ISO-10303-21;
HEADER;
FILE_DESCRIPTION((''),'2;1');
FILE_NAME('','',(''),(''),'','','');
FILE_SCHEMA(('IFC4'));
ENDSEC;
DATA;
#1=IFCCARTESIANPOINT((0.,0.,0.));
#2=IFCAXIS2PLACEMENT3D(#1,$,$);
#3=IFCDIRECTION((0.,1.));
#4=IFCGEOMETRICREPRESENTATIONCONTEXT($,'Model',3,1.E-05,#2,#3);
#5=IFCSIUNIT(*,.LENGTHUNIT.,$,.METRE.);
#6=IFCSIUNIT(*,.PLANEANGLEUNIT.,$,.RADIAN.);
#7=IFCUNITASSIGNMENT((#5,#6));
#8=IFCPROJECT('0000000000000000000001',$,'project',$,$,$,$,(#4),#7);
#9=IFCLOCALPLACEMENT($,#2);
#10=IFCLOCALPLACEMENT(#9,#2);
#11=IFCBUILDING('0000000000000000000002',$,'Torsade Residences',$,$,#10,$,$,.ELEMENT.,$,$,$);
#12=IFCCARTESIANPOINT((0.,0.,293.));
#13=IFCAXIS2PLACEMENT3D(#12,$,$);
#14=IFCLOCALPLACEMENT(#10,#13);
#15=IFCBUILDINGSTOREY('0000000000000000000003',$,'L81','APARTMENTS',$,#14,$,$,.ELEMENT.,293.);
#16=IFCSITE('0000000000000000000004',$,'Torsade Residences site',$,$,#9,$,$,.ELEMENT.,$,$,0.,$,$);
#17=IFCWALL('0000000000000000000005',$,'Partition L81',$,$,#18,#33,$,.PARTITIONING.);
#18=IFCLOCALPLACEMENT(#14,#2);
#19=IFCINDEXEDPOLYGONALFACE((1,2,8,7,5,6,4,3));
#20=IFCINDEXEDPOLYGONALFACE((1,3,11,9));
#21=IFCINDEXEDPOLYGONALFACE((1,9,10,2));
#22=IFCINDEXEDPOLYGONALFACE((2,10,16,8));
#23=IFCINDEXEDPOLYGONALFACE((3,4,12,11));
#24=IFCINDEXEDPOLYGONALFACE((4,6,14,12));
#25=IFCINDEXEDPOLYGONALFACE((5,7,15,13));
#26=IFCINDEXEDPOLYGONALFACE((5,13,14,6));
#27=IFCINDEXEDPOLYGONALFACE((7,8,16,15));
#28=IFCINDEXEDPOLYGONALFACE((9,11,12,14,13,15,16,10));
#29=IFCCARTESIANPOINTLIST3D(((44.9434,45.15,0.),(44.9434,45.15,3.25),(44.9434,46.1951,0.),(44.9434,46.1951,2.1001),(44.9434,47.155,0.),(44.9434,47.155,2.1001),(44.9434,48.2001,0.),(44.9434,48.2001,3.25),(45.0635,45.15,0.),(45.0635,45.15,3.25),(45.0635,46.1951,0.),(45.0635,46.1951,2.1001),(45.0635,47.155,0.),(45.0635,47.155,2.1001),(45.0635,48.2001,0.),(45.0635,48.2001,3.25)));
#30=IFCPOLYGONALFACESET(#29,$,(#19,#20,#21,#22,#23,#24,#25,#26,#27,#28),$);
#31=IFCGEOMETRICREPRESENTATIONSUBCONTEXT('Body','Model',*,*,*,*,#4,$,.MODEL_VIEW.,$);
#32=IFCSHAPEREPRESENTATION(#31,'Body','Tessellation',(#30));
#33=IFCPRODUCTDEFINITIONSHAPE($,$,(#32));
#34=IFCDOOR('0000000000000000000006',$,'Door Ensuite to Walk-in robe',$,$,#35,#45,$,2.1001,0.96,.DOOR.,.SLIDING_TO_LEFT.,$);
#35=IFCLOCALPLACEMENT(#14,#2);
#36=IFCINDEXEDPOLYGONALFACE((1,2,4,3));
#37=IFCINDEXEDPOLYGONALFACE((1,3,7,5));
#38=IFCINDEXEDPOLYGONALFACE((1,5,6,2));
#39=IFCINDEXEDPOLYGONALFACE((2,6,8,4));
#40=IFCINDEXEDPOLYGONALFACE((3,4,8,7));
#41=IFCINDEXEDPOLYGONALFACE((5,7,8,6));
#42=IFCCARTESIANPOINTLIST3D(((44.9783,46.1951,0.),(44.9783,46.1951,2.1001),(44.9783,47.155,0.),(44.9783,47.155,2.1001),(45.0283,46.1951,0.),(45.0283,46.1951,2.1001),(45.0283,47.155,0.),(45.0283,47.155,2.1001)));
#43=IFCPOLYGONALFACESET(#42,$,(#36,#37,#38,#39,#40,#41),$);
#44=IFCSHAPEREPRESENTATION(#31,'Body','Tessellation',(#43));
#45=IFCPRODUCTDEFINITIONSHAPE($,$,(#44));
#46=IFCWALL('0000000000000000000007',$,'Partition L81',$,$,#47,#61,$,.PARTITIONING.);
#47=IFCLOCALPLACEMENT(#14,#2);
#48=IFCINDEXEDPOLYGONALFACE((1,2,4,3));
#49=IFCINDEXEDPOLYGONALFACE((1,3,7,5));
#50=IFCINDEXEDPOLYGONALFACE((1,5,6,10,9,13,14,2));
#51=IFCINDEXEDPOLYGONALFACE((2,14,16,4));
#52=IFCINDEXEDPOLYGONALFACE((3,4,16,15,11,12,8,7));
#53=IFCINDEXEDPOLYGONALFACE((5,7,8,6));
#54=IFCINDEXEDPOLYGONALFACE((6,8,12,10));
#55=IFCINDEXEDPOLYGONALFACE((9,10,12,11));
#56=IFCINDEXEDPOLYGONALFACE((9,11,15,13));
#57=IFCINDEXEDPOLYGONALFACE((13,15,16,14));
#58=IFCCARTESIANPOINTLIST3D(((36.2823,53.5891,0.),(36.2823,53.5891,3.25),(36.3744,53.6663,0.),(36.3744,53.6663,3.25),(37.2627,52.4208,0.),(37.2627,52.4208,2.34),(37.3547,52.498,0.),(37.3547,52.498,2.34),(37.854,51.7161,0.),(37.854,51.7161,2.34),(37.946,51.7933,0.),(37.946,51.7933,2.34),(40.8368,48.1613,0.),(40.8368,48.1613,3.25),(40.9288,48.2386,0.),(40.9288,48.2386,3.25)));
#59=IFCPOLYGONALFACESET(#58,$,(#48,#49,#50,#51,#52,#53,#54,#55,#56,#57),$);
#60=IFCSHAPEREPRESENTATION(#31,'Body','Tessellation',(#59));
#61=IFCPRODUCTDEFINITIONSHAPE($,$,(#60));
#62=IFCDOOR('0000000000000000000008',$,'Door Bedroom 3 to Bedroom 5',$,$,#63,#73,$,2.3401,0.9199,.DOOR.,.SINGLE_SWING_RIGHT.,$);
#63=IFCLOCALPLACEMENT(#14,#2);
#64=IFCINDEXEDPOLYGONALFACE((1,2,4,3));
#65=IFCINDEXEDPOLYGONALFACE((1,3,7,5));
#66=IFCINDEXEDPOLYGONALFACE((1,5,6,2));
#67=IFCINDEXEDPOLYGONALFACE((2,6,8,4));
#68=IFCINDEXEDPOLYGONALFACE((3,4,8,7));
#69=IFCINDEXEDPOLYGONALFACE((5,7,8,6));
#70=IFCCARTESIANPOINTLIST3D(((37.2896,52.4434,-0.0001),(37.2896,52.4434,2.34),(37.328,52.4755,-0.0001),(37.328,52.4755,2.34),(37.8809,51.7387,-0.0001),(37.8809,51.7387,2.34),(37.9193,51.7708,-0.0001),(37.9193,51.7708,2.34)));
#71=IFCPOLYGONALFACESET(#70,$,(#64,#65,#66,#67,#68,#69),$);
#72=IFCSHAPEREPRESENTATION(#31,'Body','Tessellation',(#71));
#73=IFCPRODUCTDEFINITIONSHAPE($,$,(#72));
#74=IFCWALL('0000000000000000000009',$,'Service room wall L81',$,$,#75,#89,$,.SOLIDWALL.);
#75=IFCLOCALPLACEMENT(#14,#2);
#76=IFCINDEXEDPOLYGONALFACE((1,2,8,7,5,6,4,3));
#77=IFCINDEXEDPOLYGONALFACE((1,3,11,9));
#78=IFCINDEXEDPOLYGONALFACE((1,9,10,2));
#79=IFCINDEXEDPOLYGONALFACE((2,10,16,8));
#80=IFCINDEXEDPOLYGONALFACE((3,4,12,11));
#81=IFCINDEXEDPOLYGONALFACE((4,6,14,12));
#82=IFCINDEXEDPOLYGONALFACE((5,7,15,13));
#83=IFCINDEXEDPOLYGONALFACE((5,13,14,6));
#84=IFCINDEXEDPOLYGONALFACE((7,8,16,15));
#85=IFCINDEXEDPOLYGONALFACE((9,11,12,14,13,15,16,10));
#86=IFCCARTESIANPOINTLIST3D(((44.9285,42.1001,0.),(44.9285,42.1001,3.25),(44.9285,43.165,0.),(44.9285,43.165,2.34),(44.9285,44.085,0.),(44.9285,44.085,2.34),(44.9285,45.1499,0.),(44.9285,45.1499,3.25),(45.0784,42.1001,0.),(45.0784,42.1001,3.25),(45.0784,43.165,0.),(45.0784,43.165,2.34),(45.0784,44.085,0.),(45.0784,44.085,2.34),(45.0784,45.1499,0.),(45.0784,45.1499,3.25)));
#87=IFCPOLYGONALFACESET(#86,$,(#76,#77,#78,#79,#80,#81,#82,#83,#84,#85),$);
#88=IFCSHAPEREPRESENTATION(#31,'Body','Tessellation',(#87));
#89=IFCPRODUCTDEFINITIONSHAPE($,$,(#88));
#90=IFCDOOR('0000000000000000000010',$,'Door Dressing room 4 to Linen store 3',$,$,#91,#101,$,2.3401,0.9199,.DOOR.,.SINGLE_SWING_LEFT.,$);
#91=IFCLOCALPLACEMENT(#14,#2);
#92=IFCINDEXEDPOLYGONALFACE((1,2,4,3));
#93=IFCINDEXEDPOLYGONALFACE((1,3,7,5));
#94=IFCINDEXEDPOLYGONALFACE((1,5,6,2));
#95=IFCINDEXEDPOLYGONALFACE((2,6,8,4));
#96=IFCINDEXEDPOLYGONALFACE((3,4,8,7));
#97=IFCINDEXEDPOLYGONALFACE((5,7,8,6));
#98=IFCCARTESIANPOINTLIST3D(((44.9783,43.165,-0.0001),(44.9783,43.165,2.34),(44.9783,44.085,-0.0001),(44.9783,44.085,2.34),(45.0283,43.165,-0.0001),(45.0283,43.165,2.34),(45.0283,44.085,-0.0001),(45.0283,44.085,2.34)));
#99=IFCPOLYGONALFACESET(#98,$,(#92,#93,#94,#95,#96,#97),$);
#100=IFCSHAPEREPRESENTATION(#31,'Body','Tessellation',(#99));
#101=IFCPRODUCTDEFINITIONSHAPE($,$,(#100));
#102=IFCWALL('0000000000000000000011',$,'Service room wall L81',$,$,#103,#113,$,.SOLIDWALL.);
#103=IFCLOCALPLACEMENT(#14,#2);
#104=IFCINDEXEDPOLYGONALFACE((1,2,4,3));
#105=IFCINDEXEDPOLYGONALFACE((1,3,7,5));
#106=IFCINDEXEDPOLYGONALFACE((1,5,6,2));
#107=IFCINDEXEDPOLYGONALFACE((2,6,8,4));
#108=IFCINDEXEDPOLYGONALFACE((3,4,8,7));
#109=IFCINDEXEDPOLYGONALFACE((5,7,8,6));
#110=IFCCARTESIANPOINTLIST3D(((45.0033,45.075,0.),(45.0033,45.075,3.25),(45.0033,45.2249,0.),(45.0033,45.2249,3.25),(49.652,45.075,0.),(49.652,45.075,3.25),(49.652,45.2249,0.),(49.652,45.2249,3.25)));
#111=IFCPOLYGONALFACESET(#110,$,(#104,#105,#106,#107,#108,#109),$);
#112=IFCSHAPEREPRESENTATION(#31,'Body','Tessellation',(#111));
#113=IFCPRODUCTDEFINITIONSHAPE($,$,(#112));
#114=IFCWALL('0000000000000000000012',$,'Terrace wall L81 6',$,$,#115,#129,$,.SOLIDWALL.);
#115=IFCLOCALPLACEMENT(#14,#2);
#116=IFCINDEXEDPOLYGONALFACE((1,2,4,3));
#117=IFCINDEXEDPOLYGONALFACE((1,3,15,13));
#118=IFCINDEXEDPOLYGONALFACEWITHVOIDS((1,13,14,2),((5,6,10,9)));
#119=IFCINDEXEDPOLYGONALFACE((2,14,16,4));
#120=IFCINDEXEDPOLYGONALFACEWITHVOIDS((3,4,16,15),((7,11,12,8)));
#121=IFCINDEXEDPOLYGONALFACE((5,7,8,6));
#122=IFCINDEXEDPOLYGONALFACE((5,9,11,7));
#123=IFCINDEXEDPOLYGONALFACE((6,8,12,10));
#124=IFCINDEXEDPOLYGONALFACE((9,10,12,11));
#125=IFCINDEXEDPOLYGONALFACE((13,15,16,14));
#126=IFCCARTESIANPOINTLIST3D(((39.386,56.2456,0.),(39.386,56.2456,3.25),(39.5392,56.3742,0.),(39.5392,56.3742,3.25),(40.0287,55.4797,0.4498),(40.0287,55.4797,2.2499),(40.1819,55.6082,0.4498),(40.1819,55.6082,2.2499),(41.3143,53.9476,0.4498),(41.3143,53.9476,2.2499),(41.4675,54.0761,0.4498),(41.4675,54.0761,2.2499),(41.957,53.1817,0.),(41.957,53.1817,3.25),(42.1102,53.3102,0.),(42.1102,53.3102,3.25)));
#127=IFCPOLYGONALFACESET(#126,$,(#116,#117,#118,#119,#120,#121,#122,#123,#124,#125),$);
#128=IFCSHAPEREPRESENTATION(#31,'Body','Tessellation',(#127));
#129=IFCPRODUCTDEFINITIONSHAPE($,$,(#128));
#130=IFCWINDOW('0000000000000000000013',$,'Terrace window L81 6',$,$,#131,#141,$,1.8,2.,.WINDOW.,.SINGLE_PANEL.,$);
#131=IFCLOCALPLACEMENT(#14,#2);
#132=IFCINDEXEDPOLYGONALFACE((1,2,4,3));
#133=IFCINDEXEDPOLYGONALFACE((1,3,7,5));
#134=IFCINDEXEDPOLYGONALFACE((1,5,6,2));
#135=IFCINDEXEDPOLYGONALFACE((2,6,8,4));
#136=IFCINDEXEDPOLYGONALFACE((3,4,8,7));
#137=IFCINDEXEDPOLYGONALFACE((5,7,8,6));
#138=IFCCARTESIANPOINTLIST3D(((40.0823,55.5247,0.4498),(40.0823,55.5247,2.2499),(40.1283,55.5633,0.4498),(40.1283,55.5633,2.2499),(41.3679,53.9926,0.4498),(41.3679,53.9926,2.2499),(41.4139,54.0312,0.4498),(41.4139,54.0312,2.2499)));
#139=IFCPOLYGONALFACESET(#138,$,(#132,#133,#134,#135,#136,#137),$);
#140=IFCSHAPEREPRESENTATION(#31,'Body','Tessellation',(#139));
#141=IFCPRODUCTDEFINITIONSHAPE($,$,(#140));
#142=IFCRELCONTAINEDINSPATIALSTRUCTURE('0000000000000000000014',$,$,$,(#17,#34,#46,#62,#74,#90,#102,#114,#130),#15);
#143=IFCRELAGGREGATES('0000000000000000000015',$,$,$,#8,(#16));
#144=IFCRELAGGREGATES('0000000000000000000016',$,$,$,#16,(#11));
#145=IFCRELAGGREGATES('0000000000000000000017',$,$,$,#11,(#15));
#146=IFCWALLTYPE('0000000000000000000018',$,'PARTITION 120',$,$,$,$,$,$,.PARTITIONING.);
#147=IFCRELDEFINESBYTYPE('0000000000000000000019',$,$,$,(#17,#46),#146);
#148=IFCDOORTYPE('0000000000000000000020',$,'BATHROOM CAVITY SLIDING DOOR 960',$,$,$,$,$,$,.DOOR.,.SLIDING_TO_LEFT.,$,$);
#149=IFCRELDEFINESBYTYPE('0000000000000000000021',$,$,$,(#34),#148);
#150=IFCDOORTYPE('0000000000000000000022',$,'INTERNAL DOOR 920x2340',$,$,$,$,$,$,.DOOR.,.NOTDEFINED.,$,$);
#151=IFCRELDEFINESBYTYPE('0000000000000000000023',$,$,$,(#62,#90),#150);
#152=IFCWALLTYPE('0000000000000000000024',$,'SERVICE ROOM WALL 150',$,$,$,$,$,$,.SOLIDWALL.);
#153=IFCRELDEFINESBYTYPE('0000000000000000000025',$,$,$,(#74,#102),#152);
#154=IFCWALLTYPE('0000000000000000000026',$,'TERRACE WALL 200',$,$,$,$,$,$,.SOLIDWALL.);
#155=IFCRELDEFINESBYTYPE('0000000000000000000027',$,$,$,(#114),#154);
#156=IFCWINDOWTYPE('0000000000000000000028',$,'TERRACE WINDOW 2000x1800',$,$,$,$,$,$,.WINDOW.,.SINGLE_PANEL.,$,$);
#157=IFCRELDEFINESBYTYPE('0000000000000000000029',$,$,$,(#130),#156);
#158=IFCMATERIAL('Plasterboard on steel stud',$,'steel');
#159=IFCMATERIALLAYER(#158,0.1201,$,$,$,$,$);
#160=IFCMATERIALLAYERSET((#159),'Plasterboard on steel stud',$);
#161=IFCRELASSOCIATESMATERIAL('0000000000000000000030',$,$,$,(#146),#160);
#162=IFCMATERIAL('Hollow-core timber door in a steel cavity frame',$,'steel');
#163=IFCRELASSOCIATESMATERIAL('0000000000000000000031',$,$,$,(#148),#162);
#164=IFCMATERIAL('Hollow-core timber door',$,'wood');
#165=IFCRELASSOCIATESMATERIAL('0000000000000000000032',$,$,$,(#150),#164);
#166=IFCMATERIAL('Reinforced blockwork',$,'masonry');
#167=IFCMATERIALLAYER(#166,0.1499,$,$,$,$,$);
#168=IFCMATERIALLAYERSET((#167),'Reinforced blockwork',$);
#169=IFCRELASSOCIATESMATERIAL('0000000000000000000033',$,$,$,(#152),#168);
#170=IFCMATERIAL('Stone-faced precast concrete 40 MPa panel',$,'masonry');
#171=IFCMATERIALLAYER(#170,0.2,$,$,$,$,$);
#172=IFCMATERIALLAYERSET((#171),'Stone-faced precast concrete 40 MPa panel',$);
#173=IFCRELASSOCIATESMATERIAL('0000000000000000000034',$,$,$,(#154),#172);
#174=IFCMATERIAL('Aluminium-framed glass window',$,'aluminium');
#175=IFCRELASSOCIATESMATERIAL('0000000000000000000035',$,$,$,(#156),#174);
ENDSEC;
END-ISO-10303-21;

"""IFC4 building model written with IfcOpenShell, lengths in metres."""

from ifc_helpers import new_model, si_unit, direction, frame, frame_2d, origin, place, context, subcontext, project, spatial, rectangle, extrude, material, layer, layer_set, type_object, element, fill, save


model = new_model("IFC4")

# Units and contexts
model_context = context("Model", 3, precision=1e-05, world=origin(), true_north=direction((0.0, 1.0)))
body_context = subcontext(model_context, "Body", "Model", "MODEL_VIEW")
ifc_project = project(units=[si_unit("LENGTHUNIT", "METRE"), si_unit("PLANEANGLEUNIT", "RADIAN")], contexts=[model_context])

# Site, building, storey
site_placement = place(None, origin())
site = spatial("IfcSite", under=ifc_project, at=site_placement, Name="Torsade Residences site", CompositionType="ELEMENT", RefElevation=0.0)
building_placement = place(site_placement, origin())
building = spatial("IfcBuilding", under=site, at=building_placement, Name="Torsade Residences", CompositionType="ELEMENT")
storey_placement = place(building_placement, frame((0.0, 0.0, 293.0)))
storey = spatial("IfcBuildingStorey", under=building, at=storey_placement, Name="L81", Description="APARTMENTS", CompositionType="ELEMENT", Elevation=293.0)

# Shared definitions
ifc_material_1 = material(Name="Plasterboard on steel stud", Category="steel")
ifc_layer_1 = layer(ifc_material_1, 0.1201)
ifc_layer_set_1 = layer_set([ifc_layer_1], Name="Plasterboard on steel stud")
wall_type_1 = type_object("IfcWallType", Name="PARTITION 120", PredefinedType="PARTITIONING", material=ifc_layer_set_1)
ifc_material_2 = material(Name="Hollow-core timber door in a steel cavity frame", Category="steel")
door_type_1 = type_object("IfcDoorType", Name="BATHROOM CAVITY SLIDING DOOR 960", OperationType="SLIDING_TO_LEFT", PredefinedType="DOOR", material=ifc_material_2)

# Walls, openings, doors
wall_1_placement = place(storey_placement, frame((45.0034, 48.2, 0.0), z_axis=(0.0, 0.0, 1.0), x_axis=(0.0, -1.0, 0.0)))
wall_1 = element("IfcWall", 1, at=wall_1_placement, inside=storey, type_object=wall_type_1, Name="Partition L81", PredefinedType="PARTITIONING", context=body_context, shape_type="SweptSolid", body=[
    extrude(rectangle(XDim=3.05, YDim=0.1201, at=frame_2d((1.5249, 0.0))), origin(), (0.0, 0.0, 1.0), 3.25),
])
opening_1_placement = place(wall_1_placement, frame((1.0449, 0.0, 0.0)))
opening_1 = element("IfcOpeningElement", 2, at=opening_1_placement, cuts=wall_1, PredefinedType="OPENING", context=body_context, shape_type="SweptSolid", body=[
    extrude(rectangle(XDim=0.96, YDim=2.1001, at=frame_2d((0.48, 1.05))), frame((0.0, 0.0701, 0.0), z_axis=(0.0, -1.0, 0.0), x_axis=(1.0, 0.0, 0.0)), (0.0, 0.0, 1.0), 0.1401),
])
door_1_placement = place(opening_1_placement, origin())
door_1 = element("IfcDoor", 3, at=door_1_placement, inside=storey, type_object=door_type_1, Name="Door Ensuite to Walk-in robe", OperationType="SLIDING_TO_LEFT", OverallHeight=2.1001, OverallWidth=0.96, PredefinedType="DOOR", context=body_context, shape_type="SweptSolid", body=[
    extrude(rectangle(XDim=0.96, YDim=2.1001, at=frame_2d((0.48, 1.05))), frame((0.0, 0.0249, 0.0), z_axis=(0.0, -1.0, 0.0), x_axis=(1.0, 0.0, 0.0)), (0.0, 0.0, 1.0), 0.05),
])
fill(opening_1, door_1)
wall_2_placement = place(storey_placement, frame((40.8828, 48.2, 0.0), z_axis=(0.0, 0.0, 1.0), x_axis=(-0.64279, 0.766042, 0.0)))
wall_2 = element("IfcWall", 4, at=wall_2_placement, inside=storey, type_object=wall_type_1, Name="Partition L81", PredefinedType="PARTITIONING", context=body_context, shape_type="SweptSolid", body=[
    extrude(rectangle(XDim=7.0854, YDim=0.1201, at=frame_2d((3.5427, 0.0))), origin(), (0.0, 0.0, 1.0), 3.25),
])
opening_2_placement = place(wall_2_placement, frame((4.6404, 0.0, 0.0)))
opening_2 = element("IfcOpeningElement", 5, at=opening_2_placement, cuts=wall_2, PredefinedType="OPENING", context=body_context, shape_type="SweptSolid", body=[
    extrude(rectangle(XDim=0.9199, YDim=2.3401, at=frame_2d((0.46, 1.1699))), frame((0.0, 0.0701, 0.0), z_axis=(0.0, -1.0, 0.0), x_axis=(1.0, 0.0, 0.0)), (0.0, 0.0, 1.0), 0.1401),
])
ifc_material_3 = material(Name="Hollow-core timber door", Category="wood")
door_type_2 = type_object("IfcDoorType", Name="INTERNAL DOOR 920x2340", OperationType="NOTDEFINED", PredefinedType="DOOR", material=ifc_material_3)
door_2_placement = place(opening_2_placement, origin())
door_2 = element("IfcDoor", 6, at=door_2_placement, inside=storey, type_object=door_type_2, Name="Door Bedroom 3 to Bedroom 5", OperationType="SINGLE_SWING_RIGHT", OverallHeight=2.3401, OverallWidth=0.9199, PredefinedType="DOOR", context=body_context, shape_type="SweptSolid", body=[
    extrude(rectangle(XDim=0.9199, YDim=2.3401, at=frame_2d((0.46, 1.1699))), frame((0.0, 0.0249, 0.0), z_axis=(0.0, -1.0, 0.0), x_axis=(1.0, 0.0, 0.0)), (0.0, 0.0, 1.0), 0.05),
])
fill(opening_2, door_2)
ifc_material_4 = material(Name="Reinforced blockwork", Category="masonry")
ifc_layer_2 = layer(ifc_material_4, 0.1499)
ifc_layer_set_2 = layer_set([ifc_layer_2], Name="Reinforced blockwork")
wall_type_2 = type_object("IfcWallType", Name="SERVICE ROOM WALL 150", PredefinedType="SOLIDWALL", material=ifc_layer_set_2)
wall_3_placement = place(storey_placement, frame((45.0034, 45.1499, 0.0), z_axis=(0.0, 0.0, 1.0), x_axis=(0.0, -1.0, 0.0)))
wall_3 = element("IfcWall", 7, at=wall_3_placement, inside=storey, type_object=wall_type_2, Name="Service room wall L81", PredefinedType="SOLIDWALL", context=body_context, shape_type="SweptSolid", body=[
    extrude(rectangle(XDim=3.0498, YDim=0.1499, at=frame_2d((1.5249, 0.0))), origin(), (0.0, 0.0, 1.0), 3.25),
])
opening_3_placement = place(wall_3_placement, frame((1.0649, 0.0, 0.0)))
opening_3 = element("IfcOpeningElement", 8, at=opening_3_placement, cuts=wall_3, PredefinedType="OPENING", context=body_context, shape_type="SweptSolid", body=[
    extrude(rectangle(XDim=0.9199, YDim=2.3401, at=frame_2d((0.46, 1.1699))), frame((0.0, 0.085, 0.0), z_axis=(0.0, -1.0, 0.0), x_axis=(1.0, 0.0, 0.0)), (0.0, 0.0, 1.0), 0.1699),
])
door_3_placement = place(opening_3_placement, origin())
door_3 = element("IfcDoor", 9, at=door_3_placement, inside=storey, type_object=door_type_2, Name="Door Dressing room 4 to Linen store 3", OperationType="SINGLE_SWING_LEFT", OverallHeight=2.3401, OverallWidth=0.9199, PredefinedType="DOOR", context=body_context, shape_type="SweptSolid", body=[
    extrude(rectangle(XDim=0.9199, YDim=2.3401, at=frame_2d((0.46, 1.1699))), frame((0.0, 0.0249, 0.0), z_axis=(0.0, -1.0, 0.0), x_axis=(1.0, 0.0, 0.0)), (0.0, 0.0, 1.0), 0.05),
])
fill(opening_3, door_3)

# Wall
wall_4_placement = place(storey_placement, frame((45.0034, 45.1499, 0.0), z_axis=(0.0, 0.0, 1.0), x_axis=(1.0, 0.0, 0.0)))
element("IfcWall", 10, at=wall_4_placement, inside=storey, type_object=wall_type_2, Name="Service room wall L81", PredefinedType="SOLIDWALL", context=body_context, shape_type="SweptSolid", body=[
    extrude(rectangle(XDim=4.6487, YDim=0.1499, at=frame_2d((2.3242, 0.0))), origin(), (0.0, 0.0, 1.0), 3.25),
])

# Shared definitions
ifc_material_5 = material(Name="Stone-faced precast concrete 40 MPa panel", Category="masonry")
ifc_layer_3 = layer(ifc_material_5, 0.2)
ifc_layer_set_3 = layer_set([ifc_layer_3], Name="Stone-faced precast concrete 40 MPa panel")
wall_type_3 = type_object("IfcWallType", Name="TERRACE WALL 200", PredefinedType="SOLIDWALL", material=ifc_layer_set_3)

# Wall, opening, window
wall_5_placement = place(storey_placement, frame((42.0337, 53.2458, 0.0), z_axis=(0.0, 0.0, 1.0), x_axis=(-0.642798, 0.766035, 0.0)))
wall_5 = element("IfcWall", 11, at=wall_5_placement, inside=storey, type_object=wall_type_3, Name="Terrace wall L81 6", PredefinedType="SOLIDWALL", context=body_context, shape_type="SweptSolid", body=[
    extrude(rectangle(XDim=3.9998, YDim=0.2, at=frame_2d((2.0, 0.0))), origin(), (0.0, 0.0, 1.0), 3.25),
])
opening_4_placement = place(wall_5_placement, frame((1.0, 0.0, 0.45)))
opening_4 = element("IfcOpeningElement", 12, at=opening_4_placement, cuts=wall_5, PredefinedType="OPENING", context=body_context, shape_type="SweptSolid", body=[
    extrude(rectangle(XDim=2.0, YDim=1.8, at=frame_2d((1.0, 0.8999))), frame((0.0, 0.1099, 0.0), z_axis=(0.0, -1.0, 0.0), x_axis=(1.0, 0.0, 0.0)), (0.0, 0.0, 1.0), 0.22),
])
ifc_material_6 = material(Name="Aluminium-framed glass window", Category="aluminium")
window_type = type_object("IfcWindowType", Name="TERRACE WINDOW 2000x1800", PartitioningType="SINGLE_PANEL", PredefinedType="WINDOW", material=ifc_material_6)
window_placement = place(opening_4_placement, origin())
window = element("IfcWindow", 13, at=window_placement, inside=storey, type_object=window_type, Name="Terrace window L81 6", OverallHeight=1.8, OverallWidth=2.0, PartitioningType="SINGLE_PANEL", PredefinedType="WINDOW", context=body_context, shape_type="SweptSolid", body=[
    extrude(rectangle(XDim=2.0, YDim=1.8, at=frame_2d((1.0, 0.8999))), frame((0.0, 0.03, 0.0), z_axis=(0.0, -1.0, 0.0), x_axis=(1.0, 0.0, 0.0)), (0.0, 0.0, 1.0), 0.0601),
])
fill(opening_4, window)

save(model, "model.ifc")
